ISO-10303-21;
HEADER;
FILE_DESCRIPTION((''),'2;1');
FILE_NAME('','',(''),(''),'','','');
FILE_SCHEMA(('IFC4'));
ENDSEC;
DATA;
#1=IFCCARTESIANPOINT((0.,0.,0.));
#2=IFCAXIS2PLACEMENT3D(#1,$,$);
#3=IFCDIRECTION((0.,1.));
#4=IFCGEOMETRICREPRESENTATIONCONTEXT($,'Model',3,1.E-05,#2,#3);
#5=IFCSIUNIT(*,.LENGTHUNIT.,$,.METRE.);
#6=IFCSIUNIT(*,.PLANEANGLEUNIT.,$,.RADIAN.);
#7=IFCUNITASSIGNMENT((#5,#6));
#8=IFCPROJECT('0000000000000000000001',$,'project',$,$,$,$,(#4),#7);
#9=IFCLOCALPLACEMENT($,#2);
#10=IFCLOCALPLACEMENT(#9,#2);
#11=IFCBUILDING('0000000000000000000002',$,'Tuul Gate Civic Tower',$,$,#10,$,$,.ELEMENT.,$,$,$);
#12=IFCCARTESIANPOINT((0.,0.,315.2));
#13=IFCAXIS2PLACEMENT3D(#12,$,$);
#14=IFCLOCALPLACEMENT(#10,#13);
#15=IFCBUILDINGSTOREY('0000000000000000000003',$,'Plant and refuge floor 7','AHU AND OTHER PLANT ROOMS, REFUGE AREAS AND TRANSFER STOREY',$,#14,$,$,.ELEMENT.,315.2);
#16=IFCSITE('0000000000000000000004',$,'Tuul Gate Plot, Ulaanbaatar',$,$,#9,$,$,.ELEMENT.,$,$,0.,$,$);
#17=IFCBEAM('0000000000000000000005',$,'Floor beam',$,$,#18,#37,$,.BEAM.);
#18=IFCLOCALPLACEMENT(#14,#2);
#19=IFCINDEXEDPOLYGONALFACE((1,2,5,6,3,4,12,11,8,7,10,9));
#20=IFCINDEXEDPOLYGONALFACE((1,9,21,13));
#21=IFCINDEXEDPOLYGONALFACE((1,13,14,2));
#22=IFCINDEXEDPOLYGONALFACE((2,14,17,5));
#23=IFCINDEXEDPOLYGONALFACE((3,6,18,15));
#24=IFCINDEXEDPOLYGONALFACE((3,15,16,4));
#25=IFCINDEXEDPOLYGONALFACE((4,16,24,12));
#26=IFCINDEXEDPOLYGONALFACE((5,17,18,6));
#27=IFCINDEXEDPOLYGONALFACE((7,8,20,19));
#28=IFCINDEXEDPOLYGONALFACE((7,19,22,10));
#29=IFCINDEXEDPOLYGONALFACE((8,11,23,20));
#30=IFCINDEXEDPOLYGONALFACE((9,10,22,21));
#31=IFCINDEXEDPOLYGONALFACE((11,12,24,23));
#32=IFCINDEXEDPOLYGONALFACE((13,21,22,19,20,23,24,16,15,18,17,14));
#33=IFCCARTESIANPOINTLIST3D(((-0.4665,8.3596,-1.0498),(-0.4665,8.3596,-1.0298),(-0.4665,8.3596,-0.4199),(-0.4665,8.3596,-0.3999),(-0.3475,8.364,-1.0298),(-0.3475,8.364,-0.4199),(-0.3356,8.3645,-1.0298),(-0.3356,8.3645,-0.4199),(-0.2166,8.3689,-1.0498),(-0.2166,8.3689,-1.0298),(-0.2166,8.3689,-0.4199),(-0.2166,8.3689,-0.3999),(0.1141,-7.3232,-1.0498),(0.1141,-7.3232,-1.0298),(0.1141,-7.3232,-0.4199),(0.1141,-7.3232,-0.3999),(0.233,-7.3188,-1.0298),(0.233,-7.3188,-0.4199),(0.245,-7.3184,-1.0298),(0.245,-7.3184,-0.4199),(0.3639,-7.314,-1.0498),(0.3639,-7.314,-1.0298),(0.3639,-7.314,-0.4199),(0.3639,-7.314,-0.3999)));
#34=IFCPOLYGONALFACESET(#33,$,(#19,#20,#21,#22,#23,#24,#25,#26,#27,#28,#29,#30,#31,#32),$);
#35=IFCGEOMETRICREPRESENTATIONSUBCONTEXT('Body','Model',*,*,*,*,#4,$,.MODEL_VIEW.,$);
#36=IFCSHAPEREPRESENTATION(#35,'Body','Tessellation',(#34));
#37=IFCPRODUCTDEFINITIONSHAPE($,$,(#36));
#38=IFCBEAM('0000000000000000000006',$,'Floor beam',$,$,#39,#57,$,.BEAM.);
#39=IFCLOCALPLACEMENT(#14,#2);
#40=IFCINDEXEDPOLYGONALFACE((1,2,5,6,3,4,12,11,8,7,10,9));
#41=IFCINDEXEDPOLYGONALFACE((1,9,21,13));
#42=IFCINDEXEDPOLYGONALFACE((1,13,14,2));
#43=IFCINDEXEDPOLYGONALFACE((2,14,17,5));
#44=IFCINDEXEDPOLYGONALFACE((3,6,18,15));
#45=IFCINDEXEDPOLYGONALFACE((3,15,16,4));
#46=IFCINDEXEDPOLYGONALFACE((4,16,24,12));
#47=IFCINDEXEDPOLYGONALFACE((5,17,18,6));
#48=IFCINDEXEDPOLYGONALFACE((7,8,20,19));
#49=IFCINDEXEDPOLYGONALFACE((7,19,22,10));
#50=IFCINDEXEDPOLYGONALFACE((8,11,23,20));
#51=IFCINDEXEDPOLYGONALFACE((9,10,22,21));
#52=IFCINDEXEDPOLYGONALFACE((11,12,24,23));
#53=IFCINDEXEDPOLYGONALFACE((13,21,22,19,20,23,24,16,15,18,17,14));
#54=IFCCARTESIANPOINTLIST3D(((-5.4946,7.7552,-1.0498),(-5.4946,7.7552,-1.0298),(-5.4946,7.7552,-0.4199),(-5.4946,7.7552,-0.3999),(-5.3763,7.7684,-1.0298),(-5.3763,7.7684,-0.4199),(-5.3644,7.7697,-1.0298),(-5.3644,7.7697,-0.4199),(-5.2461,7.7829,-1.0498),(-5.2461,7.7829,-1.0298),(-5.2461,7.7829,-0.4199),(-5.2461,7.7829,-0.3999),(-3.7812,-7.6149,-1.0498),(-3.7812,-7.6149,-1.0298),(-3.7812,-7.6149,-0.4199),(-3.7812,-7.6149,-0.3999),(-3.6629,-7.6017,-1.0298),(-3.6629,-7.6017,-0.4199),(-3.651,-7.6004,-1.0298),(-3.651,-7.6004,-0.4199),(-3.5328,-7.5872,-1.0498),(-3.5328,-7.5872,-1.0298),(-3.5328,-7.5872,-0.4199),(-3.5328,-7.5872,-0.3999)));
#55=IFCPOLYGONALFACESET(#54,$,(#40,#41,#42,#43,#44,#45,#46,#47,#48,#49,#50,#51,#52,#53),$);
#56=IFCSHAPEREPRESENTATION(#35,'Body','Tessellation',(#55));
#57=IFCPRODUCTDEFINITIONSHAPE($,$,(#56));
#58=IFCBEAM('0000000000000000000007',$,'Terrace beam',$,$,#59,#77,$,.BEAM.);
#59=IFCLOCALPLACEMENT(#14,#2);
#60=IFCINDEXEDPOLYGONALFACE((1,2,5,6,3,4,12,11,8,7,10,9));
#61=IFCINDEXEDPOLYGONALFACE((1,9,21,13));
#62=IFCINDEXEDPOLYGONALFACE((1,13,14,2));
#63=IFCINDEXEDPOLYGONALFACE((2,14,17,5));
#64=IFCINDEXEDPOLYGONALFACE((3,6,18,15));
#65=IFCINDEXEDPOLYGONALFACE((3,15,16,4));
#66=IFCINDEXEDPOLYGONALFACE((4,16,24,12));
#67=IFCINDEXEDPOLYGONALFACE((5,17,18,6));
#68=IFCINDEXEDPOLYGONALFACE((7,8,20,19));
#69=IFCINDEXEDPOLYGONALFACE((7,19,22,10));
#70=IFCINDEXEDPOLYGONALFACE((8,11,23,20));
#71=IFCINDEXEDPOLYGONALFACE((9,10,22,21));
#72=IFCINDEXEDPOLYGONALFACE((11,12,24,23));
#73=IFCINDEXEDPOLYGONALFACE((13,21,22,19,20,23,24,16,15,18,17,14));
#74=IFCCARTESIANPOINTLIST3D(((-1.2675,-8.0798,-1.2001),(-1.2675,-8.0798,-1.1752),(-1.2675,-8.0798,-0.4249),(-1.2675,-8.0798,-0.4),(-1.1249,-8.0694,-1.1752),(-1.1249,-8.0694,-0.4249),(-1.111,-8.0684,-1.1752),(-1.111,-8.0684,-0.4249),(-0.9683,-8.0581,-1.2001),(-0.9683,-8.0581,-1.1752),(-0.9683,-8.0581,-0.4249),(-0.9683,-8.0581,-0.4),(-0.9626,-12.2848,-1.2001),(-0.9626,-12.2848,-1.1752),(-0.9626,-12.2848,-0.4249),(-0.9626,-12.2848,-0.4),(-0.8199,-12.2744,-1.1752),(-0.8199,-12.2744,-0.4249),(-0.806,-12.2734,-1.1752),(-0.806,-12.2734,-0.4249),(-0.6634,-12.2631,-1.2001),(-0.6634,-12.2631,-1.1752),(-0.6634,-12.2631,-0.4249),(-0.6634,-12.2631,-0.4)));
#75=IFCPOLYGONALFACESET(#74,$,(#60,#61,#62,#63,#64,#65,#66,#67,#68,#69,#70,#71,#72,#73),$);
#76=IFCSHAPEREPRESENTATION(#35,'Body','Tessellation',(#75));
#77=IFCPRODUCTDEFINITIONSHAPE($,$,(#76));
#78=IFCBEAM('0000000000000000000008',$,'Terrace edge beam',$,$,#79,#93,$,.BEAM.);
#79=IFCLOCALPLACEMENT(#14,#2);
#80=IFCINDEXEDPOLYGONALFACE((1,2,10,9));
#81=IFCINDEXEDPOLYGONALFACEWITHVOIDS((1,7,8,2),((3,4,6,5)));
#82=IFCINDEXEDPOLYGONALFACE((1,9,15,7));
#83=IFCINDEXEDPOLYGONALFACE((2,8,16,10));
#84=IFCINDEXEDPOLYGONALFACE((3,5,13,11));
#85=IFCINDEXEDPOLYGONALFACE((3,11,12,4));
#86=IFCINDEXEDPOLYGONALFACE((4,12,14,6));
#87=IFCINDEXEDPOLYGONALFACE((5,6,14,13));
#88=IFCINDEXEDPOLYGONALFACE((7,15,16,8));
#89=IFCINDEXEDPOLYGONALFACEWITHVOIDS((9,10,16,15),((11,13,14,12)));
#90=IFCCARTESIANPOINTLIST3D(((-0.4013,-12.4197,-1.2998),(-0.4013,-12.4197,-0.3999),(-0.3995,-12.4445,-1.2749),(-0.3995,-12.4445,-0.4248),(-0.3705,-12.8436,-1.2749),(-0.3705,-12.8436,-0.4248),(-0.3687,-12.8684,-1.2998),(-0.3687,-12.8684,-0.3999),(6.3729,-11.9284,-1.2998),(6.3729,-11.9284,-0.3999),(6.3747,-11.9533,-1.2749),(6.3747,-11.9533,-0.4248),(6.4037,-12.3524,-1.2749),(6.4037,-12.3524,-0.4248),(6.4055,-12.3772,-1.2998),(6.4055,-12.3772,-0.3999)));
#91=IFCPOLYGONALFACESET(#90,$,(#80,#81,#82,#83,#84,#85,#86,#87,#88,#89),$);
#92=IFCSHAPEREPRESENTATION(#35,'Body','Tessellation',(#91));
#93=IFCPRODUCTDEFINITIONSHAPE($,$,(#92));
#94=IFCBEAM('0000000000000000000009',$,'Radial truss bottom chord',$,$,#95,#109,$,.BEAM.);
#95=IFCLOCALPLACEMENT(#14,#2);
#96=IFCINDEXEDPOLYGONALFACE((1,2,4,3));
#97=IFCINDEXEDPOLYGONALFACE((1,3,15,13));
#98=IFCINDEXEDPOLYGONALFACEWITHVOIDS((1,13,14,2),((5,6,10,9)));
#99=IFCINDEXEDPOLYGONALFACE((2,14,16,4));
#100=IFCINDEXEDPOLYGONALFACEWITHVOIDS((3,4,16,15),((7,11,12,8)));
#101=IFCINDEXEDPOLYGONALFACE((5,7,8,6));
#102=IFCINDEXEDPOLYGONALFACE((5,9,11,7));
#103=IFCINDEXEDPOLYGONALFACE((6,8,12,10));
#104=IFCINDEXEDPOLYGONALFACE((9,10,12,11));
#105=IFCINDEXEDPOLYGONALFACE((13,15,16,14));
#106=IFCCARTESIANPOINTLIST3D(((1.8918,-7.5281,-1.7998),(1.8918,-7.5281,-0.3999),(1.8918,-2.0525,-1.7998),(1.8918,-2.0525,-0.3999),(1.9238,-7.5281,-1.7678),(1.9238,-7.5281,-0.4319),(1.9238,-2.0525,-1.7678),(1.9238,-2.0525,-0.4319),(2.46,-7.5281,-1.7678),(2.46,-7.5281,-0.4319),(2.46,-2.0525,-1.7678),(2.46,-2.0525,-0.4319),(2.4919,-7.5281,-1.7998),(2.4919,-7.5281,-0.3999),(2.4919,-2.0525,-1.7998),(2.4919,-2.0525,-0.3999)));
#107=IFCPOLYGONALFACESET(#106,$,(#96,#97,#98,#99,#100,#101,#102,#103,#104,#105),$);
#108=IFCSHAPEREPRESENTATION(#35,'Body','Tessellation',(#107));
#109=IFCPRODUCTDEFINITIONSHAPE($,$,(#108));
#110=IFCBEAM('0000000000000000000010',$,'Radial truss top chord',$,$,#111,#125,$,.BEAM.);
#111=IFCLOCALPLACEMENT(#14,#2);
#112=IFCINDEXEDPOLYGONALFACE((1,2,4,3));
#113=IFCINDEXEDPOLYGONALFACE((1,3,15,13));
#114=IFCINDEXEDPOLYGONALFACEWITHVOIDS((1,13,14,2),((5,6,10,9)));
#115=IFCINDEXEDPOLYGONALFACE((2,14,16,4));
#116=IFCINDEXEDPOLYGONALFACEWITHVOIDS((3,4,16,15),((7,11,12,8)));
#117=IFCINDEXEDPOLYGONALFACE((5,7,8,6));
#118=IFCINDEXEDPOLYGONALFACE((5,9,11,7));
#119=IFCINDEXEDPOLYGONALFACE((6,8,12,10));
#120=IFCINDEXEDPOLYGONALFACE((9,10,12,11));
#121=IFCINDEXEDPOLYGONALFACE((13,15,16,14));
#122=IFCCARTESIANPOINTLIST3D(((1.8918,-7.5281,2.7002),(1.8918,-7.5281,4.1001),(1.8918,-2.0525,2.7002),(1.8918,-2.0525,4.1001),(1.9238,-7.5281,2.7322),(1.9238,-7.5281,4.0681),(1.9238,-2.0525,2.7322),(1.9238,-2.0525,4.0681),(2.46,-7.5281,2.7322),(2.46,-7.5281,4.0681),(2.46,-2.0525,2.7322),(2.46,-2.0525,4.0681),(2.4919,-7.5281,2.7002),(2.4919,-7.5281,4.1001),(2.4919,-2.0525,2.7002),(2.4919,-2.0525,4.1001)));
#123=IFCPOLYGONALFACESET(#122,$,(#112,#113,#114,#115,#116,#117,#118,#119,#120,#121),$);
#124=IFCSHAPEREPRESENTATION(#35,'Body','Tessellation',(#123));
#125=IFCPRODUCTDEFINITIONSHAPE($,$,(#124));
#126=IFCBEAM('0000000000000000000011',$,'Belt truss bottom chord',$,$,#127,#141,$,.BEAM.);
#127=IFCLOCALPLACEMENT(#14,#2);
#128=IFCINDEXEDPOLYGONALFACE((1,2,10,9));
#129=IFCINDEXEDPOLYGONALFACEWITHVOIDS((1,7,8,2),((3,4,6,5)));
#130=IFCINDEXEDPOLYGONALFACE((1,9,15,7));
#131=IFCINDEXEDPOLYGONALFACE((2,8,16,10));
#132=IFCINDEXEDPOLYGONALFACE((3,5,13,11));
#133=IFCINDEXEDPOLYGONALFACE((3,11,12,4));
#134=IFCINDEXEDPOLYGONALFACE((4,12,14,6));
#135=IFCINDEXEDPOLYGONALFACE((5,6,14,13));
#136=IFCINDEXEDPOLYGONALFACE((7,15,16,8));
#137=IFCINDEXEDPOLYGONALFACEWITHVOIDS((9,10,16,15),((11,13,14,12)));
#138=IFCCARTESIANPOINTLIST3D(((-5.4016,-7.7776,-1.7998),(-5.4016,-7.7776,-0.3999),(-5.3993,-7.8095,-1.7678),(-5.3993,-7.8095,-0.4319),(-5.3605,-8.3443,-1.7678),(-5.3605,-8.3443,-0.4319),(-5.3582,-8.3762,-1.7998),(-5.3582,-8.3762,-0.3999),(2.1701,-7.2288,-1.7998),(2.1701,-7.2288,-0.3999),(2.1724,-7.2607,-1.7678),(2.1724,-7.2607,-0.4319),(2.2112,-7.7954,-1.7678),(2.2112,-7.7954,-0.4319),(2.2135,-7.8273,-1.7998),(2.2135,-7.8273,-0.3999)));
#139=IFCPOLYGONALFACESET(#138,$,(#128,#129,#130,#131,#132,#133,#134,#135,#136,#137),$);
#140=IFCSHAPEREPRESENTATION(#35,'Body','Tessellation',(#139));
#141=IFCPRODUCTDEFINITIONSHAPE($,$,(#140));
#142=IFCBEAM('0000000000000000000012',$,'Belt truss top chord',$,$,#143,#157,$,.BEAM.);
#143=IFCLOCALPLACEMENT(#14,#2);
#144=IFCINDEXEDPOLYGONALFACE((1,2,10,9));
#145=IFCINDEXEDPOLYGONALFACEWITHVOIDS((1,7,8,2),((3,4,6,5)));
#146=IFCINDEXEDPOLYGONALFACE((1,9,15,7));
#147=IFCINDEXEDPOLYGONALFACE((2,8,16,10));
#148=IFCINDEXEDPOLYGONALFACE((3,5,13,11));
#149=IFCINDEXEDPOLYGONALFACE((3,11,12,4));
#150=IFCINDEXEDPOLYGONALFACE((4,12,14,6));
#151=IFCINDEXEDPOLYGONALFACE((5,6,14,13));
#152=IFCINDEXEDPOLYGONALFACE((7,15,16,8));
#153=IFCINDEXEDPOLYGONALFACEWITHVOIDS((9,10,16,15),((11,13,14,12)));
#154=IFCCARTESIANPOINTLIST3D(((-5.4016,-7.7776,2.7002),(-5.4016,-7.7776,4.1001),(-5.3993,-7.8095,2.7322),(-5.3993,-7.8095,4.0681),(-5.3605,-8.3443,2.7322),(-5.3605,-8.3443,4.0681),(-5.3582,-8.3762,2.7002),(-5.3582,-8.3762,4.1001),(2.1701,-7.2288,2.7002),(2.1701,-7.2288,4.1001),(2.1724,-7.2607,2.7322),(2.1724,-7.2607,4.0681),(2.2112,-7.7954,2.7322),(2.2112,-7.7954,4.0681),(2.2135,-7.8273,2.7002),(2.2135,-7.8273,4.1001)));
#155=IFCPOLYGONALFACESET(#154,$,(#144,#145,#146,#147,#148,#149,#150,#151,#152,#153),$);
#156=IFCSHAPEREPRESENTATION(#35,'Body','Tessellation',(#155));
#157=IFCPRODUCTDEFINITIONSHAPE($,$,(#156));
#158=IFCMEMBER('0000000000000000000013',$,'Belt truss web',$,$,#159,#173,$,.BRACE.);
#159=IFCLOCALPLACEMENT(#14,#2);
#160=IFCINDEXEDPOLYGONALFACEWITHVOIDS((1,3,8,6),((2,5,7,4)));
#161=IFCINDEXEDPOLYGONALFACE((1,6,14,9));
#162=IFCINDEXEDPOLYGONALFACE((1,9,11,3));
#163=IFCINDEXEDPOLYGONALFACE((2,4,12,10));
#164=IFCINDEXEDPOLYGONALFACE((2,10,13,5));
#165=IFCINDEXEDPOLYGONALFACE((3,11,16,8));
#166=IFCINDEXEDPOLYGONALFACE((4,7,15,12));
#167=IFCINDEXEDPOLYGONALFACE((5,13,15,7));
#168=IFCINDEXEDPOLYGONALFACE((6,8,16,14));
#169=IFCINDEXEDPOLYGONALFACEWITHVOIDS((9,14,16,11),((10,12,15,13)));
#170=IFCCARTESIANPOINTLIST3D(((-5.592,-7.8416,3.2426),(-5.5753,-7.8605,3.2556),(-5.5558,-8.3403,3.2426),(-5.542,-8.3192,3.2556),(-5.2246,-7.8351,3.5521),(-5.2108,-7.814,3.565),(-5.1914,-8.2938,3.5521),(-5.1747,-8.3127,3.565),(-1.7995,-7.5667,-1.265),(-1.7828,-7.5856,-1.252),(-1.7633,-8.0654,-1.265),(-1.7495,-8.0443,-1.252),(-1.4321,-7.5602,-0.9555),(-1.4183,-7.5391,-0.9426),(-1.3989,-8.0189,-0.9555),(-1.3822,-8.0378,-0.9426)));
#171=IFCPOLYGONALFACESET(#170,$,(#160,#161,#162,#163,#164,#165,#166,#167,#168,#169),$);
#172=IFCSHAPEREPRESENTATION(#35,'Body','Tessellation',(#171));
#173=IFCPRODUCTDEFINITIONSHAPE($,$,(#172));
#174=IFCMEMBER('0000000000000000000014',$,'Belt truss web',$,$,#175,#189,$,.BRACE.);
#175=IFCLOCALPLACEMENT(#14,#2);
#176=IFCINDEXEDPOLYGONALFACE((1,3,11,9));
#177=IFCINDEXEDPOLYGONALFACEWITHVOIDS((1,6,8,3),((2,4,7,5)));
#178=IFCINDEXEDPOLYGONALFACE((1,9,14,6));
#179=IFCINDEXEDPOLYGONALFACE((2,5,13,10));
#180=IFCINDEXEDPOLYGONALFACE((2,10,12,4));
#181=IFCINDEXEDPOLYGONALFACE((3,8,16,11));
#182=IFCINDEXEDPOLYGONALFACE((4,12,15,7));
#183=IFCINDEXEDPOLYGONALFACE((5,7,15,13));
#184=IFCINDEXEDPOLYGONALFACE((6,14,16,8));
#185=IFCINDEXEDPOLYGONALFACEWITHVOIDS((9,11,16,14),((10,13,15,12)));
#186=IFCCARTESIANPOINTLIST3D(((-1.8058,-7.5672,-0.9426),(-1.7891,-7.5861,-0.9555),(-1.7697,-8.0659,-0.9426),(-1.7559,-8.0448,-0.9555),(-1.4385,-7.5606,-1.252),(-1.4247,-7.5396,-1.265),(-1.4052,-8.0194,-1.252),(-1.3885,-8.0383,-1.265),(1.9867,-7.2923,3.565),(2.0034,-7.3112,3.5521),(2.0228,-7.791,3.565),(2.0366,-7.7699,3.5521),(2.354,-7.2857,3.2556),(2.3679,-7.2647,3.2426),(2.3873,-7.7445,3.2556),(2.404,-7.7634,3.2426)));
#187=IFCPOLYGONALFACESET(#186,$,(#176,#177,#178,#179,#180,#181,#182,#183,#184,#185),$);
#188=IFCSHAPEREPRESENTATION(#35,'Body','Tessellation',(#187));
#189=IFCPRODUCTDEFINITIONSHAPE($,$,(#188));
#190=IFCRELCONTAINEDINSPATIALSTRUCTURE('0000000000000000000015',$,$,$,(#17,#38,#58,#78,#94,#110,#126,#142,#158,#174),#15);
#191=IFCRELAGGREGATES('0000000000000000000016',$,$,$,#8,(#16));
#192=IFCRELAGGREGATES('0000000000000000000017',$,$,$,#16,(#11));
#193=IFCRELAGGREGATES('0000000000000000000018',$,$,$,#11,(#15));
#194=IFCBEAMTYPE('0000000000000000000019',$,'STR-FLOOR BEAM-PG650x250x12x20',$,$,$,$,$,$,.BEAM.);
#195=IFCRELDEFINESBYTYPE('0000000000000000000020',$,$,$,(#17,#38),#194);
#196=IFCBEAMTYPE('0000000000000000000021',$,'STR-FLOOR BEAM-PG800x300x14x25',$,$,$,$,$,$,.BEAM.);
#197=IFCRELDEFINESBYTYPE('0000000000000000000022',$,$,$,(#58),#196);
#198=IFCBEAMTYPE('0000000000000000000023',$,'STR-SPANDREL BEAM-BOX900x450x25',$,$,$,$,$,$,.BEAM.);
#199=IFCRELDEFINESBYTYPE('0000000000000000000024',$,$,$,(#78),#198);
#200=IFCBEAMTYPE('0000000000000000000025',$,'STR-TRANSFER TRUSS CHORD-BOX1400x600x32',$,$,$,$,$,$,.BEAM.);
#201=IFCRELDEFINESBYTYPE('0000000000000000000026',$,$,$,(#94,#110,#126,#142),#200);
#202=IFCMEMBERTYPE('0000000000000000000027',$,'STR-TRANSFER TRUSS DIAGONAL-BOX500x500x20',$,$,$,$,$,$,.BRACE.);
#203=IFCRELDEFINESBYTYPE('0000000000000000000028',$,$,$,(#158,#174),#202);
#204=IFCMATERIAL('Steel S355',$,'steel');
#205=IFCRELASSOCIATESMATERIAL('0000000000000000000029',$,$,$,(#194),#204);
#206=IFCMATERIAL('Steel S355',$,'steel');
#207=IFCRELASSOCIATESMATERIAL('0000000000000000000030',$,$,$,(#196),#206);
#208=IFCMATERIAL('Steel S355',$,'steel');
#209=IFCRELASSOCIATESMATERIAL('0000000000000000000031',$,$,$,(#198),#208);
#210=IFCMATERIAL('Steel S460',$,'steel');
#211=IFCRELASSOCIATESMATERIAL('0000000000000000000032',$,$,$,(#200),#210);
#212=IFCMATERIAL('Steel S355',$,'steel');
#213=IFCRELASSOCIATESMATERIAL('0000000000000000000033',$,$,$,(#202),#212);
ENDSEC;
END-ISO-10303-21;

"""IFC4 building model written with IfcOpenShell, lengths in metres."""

from ifc_helpers import new_model, si_unit, direction, frame, origin, origin_2d, place, context, subcontext, project, spatial, hollow_rectangle, i_section, extrude, material, material_profile, profile_set, type_object, element, save


model = new_model("IFC4")

# Units and contexts
model_context = context("Model", 3, precision=1e-05, world=origin(), true_north=direction((0.0, 1.0)))
body_context = subcontext(model_context, "Body", "Model", "MODEL_VIEW")
ifc_project = project(units=[si_unit("LENGTHUNIT", "METRE"), si_unit("PLANEANGLEUNIT", "RADIAN")], contexts=[model_context])

# Site, building, storey
site_placement = place(None, origin())
site = spatial("IfcSite", under=ifc_project, at=site_placement, Name="Tuul Gate Plot, Ulaanbaatar", CompositionType="ELEMENT", RefElevation=0.0)
building_placement = place(site_placement, origin())
building = spatial("IfcBuilding", under=site, at=building_placement, Name="Tuul Gate Civic Tower", CompositionType="ELEMENT")
storey_placement = place(building_placement, frame((0.0, 0.0, 315.2)))
storey = spatial("IfcBuildingStorey", under=building, at=storey_placement, Name="Plant and refuge floor 7", Description="AHU AND OTHER PLANT ROOMS, REFUGE AREAS AND TRANSFER STOREY", CompositionType="ELEMENT", Elevation=315.2)

# Beams
ifc_material_1 = material(Name="Steel S355", Category="steel")
ifc_material_profile_1 = material_profile(ifc_material_1, i_section(OverallWidth=0.25, OverallDepth=0.6499, WebThickness=0.012, FlangeThickness=0.02, at=origin_2d()), Name="PG650x250x12x20")
ifc_profile_set_1 = profile_set([ifc_material_profile_1], Name="Steel S355")
beam_type_1 = type_object("IfcBeamType", Name="STR-FLOOR BEAM-PG650x250x12x20", PredefinedType="BEAM", material=ifc_profile_set_1)
beam_1_placement = place(storey_placement, frame((0.239, -7.3186, -0.7249), z_axis=(-0.036994, 0.999315, 0.0), x_axis=(-0.999315, -0.036994, 0.0)))
element("IfcBeam", 1, at=beam_1_placement, inside=storey, type_object=beam_type_1, Name="Floor beam", PredefinedType="BEAM", context=body_context, shape_type="SweptSolid", body=[
    extrude(i_section(OverallWidth=0.25, OverallDepth=0.6499, WebThickness=0.012, FlangeThickness=0.02, at=origin_2d()), origin(), (0.0, 0.0, 1.0), 15.6936),
])
beam_2_placement = place(storey_placement, frame((-3.657, -7.6011, -0.7249), z_axis=(-0.110788, 0.993844, 0.0), x_axis=(-0.993844, -0.110788, 0.0)))
element("IfcBeam", 2, at=beam_2_placement, inside=storey, type_object=beam_type_1, Name="Floor beam", PredefinedType="BEAM", context=body_context, shape_type="SweptSolid", body=[
    extrude(i_section(OverallWidth=0.25, OverallDepth=0.6499, WebThickness=0.012, FlangeThickness=0.02, at=origin_2d()), origin(), (0.0, 0.0, 1.0), 15.4653),
])
ifc_material_2 = material(Name="Steel S355", Category="steel")
ifc_material_profile_2 = material_profile(ifc_material_2, i_section(OverallWidth=0.3, OverallDepth=0.8, WebThickness=0.0139, FlangeThickness=0.0249, at=origin_2d()), Name="PG800x300x14x25")
ifc_profile_set_2 = profile_set([ifc_material_profile_2], Name="Steel S355")
beam_type_2 = type_object("IfcBeamType", Name="STR-FLOOR BEAM-PG800x300x14x25", PredefinedType="BEAM", material=ifc_profile_set_2)
beam_3_placement = place(storey_placement, frame((-0.813, -12.2739, -0.8), z_axis=(-0.072325, 0.997381, 0.0), x_axis=(-0.997381, -0.072325, 0.0)))
element("IfcBeam", 3, at=beam_3_placement, inside=storey, type_object=beam_type_2, Name="Terrace beam", PredefinedType="BEAM", context=body_context, shape_type="SweptSolid", body=[
    extrude(i_section(OverallWidth=0.3, OverallDepth=0.8, WebThickness=0.0139, FlangeThickness=0.0249, at=origin_2d()), origin(), (0.0, 0.0, 1.0), 4.2161),
])
ifc_material_3 = material(Name="Steel S355", Category="steel")
ifc_material_profile_3 = material_profile(ifc_material_3, hollow_rectangle(XDim=0.45, YDim=0.8999, WallThickness=0.0249, at=origin_2d()), Name="BOX900x450x25")
ifc_profile_set_3 = profile_set([ifc_material_profile_3], Name="Steel S355")
beam_type_3 = type_object("IfcBeamType", Name="STR-SPANDREL BEAM-BOX900x450x25", PredefinedType="BEAM", material=ifc_profile_set_3)
beam_4_placement = place(storey_placement, frame((-0.385, -12.644, -0.8499), z_axis=(0.997381, 0.072322, 0.0), x_axis=(-0.072322, 0.997381, 0.0)))
element("IfcBeam", 4, at=beam_4_placement, inside=storey, type_object=beam_type_3, Name="Terrace edge beam", PredefinedType="BEAM", context=body_context, shape_type="SweptSolid", body=[
    extrude(hollow_rectangle(XDim=0.45, YDim=0.8999, WallThickness=0.0249, at=origin_2d()), origin(), (0.0, 0.0, 1.0), 6.792),
])
ifc_material_4 = material(Name="Steel S460", Category="steel")
ifc_material_profile_4 = material_profile(ifc_material_4, hollow_rectangle(XDim=0.6001, YDim=1.3999, WallThickness=0.032, at=origin_2d()), Name="BOX1400x600x32")
ifc_profile_set_4 = profile_set([ifc_material_profile_4], Name="Steel S460")
beam_type_4 = type_object("IfcBeamType", Name="STR-TRANSFER TRUSS CHORD-BOX1400x600x32", PredefinedType="BEAM", material=ifc_profile_set_4)
for number, where, z_axis, x_axis, name in (
    (5, (2.1919, -2.0525, -1.0999), (0.0, -1.0, 0.0), (1.0, 0.0, 0.0), "Radial truss bottom chord"),
    (6, (2.1919, -2.0525, 3.4001), (0.0, -1.0, 0.0), (1.0, 0.0, 0.0), "Radial truss top chord"),
):
    element("IfcBeam", number, at=place(storey_placement, frame(where, z_axis=z_axis, x_axis=x_axis)), inside=storey, type_object=beam_type_4, Name=name, PredefinedType="BEAM", context=body_context, shape_type="SweptSolid", body=[
        extrude(hollow_rectangle(XDim=0.6001, YDim=1.3999, WallThickness=0.032, at=origin_2d()), origin(), (0.0, 0.0, 1.0), 5.4756),
    ])
for number, where, z_axis, x_axis, name in (
    (7, (-5.3799, -8.0769, -1.0999), (0.997383, 0.072294, 0.0), (-0.072294, 0.997383, 0.0), "Belt truss bottom chord"),
    (8, (-5.3799, -8.0769, 3.4001), (0.997383, 0.072294, 0.0), (-0.072294, 0.997383, 0.0), "Belt truss top chord"),
):
    element("IfcBeam", number, at=place(storey_placement, frame(where, z_axis=z_axis, x_axis=x_axis)), inside=storey, type_object=beam_type_4, Name=name, PredefinedType="BEAM", context=body_context, shape_type="SweptSolid", body=[
        extrude(hollow_rectangle(XDim=0.6001, YDim=1.3999, WallThickness=0.032, at=origin_2d()), origin(), (0.0, 0.0, 1.0), 7.5916),
    ])

# Members
ifc_material_5 = material(Name="Steel S355", Category="steel")
ifc_material_profile_5 = material_profile(ifc_material_5, hollow_rectangle(XDim=0.5, YDim=0.5, WallThickness=0.02, at=origin_2d()), Name="BOX500x500x20")
ifc_profile_set_5 = profile_set([ifc_material_profile_5], Name="Steel S355")
member_type_1 = type_object("IfcMemberType", Name="STR-TRANSFER TRUSS DIAGONAL-BOX500x500x20", PredefinedType="BRACE", material=ifc_profile_set_5)
for number, where, z_axis, x_axis, name in (
    (9, (-1.5908, -7.8022, -1.1038), (-0.643101, -0.046616, 0.764361), (0.072296, -0.997383, 0.0), "Belt truss web"),
    (10, (-1.5972, -7.8027, -1.1038), (0.643101, 0.046616, 0.764361), (-0.072296, 0.997383, 0.0), "Belt truss web"),
):
    element("IfcMember", number, at=place(storey_placement, frame(where, z_axis=z_axis, x_axis=x_axis)), inside=storey, type_object=member_type_1, Name=name, PredefinedType="BRACE", context=body_context, shape_type="SweptSolid", body=[
        extrude(hollow_rectangle(XDim=0.5, YDim=0.5, WallThickness=0.02, at=origin_2d()), origin(), (0.0, 0.0, 1.0), 5.8972),
    ])

save(model, "model.ifc")
